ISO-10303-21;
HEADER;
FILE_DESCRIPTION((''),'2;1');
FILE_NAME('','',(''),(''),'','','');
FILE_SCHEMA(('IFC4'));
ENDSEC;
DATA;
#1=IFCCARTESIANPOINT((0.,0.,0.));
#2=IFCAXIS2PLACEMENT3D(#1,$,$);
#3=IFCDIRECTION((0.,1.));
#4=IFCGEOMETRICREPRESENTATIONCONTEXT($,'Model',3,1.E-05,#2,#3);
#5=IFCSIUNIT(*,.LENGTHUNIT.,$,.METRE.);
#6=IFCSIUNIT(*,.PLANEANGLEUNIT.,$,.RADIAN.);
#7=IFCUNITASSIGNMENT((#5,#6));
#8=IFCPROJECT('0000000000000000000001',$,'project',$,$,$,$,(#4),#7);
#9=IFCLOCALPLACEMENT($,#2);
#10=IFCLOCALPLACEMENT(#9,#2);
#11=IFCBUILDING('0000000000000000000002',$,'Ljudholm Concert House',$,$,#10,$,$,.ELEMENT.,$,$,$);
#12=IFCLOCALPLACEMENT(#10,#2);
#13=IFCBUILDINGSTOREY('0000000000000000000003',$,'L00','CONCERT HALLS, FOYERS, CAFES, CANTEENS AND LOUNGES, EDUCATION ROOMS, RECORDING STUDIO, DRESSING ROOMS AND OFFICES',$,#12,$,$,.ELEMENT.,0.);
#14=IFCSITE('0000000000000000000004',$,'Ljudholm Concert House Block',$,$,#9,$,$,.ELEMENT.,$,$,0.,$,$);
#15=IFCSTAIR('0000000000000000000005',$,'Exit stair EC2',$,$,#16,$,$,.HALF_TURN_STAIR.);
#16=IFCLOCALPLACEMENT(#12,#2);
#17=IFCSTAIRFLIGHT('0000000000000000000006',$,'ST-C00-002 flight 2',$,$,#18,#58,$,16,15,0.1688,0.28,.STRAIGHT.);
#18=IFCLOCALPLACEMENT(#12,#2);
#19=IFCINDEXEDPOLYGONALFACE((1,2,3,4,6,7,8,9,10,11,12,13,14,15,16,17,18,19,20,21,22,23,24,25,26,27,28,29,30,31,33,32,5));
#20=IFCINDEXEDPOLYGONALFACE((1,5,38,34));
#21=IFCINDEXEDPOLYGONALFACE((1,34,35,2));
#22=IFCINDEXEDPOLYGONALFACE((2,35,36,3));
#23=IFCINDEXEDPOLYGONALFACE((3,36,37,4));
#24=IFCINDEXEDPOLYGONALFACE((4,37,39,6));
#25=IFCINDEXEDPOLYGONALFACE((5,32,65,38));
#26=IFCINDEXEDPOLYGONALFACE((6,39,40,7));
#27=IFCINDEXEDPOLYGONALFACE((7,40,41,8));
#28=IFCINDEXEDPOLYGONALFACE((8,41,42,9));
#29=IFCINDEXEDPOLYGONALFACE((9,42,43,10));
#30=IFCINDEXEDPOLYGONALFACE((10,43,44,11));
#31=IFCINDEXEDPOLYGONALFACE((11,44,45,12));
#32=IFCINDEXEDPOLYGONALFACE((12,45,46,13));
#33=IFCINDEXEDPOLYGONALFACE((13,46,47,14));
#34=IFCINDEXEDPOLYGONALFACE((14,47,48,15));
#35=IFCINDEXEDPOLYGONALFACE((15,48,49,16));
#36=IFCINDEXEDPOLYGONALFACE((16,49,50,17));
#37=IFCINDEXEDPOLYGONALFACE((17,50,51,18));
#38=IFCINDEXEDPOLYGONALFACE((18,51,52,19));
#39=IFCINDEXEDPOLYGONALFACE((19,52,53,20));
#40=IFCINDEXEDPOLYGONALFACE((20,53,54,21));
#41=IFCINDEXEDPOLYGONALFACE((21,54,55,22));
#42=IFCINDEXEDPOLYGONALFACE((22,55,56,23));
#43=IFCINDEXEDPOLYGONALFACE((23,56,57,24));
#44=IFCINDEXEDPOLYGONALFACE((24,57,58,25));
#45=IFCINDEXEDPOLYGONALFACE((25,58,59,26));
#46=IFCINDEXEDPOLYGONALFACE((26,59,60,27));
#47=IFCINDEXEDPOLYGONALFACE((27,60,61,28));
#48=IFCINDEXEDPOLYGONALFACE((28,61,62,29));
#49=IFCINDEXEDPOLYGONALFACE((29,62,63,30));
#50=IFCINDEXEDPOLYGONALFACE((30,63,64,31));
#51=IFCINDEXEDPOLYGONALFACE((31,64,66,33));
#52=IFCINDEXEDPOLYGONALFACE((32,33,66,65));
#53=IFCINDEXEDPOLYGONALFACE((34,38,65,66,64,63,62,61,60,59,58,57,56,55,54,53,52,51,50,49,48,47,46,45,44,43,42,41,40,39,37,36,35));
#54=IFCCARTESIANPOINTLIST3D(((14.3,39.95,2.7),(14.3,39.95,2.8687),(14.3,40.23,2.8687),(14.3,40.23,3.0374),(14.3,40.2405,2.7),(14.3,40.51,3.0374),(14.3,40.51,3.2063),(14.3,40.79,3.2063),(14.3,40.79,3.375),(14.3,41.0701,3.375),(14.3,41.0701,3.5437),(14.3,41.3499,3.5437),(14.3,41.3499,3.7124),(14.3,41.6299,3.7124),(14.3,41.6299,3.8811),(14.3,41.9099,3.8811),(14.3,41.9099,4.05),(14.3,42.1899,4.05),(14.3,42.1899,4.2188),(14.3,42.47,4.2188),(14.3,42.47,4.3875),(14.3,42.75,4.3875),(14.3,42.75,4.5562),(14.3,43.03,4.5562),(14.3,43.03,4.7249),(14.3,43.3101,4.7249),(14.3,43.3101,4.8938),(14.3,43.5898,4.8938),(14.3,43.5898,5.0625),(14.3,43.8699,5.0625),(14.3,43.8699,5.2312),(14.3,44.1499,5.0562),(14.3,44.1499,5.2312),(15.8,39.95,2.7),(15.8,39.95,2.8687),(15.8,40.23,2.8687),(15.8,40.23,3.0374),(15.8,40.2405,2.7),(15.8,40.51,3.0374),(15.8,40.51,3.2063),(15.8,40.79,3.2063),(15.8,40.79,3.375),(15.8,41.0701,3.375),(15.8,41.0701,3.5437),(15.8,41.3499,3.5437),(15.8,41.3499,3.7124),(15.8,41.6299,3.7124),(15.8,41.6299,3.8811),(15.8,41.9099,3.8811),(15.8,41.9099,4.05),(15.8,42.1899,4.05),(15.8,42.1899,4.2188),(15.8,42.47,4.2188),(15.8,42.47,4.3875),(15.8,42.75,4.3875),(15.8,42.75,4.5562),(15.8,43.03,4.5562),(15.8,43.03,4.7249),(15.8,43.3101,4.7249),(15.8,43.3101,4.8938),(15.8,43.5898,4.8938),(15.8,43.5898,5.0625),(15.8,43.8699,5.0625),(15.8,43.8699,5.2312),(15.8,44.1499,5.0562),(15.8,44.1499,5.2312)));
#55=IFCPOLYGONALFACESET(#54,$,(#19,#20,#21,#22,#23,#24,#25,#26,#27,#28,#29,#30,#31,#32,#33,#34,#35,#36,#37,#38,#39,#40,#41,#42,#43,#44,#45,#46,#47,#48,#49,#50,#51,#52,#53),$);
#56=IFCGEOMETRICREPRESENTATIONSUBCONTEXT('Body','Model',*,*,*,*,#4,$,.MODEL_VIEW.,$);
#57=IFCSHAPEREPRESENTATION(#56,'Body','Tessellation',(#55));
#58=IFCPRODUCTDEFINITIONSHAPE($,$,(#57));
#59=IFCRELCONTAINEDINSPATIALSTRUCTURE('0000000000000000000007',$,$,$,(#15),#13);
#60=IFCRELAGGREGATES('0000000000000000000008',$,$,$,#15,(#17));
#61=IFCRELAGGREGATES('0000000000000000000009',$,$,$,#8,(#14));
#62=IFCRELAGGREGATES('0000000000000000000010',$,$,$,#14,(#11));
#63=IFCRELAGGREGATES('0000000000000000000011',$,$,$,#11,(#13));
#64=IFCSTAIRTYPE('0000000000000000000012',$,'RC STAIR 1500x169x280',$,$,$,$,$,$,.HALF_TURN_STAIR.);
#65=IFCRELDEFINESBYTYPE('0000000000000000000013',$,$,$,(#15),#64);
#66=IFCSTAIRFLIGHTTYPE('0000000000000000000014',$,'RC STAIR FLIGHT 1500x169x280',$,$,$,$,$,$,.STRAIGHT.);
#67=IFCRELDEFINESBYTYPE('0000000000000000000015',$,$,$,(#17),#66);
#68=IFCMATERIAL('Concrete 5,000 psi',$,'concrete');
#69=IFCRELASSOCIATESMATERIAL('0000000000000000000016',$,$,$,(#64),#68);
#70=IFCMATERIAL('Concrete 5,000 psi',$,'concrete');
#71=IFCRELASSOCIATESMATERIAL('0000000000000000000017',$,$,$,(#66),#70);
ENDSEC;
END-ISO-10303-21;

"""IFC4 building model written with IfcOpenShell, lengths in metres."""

from ifc_helpers import new_model, si_unit, direction, frame, origin, place, context, subcontext, project, spatial, polyline, outline, extrude, material, type_object, element, aggregate, save


model = new_model("IFC4")

# Units and contexts
model_context = context("Model", 3, precision=1e-05, world=origin(), true_north=direction((0.0, 1.0)))
body_context = subcontext(model_context, "Body", "Model", "MODEL_VIEW")
ifc_project = project(units=[si_unit("LENGTHUNIT", "METRE"), si_unit("PLANEANGLEUNIT", "RADIAN")], contexts=[model_context])

# Site, building, storey
site_placement = place(None, origin())
site = spatial("IfcSite", under=ifc_project, at=site_placement, Name="Ljudholm Concert House Block", CompositionType="ELEMENT", RefElevation=0.0)
building_placement = place(site_placement, origin())
building = spatial("IfcBuilding", under=site, at=building_placement, Name="Ljudholm Concert House", CompositionType="ELEMENT")
storey_placement = place(building_placement, origin())
storey = spatial("IfcBuildingStorey", under=building, at=storey_placement, Name="L00", Description="CONCERT HALLS, FOYERS, CAFES, CANTEENS AND LOUNGES, EDUCATION ROOMS, RECORDING STUDIO, DRESSING ROOMS AND OFFICES", CompositionType="ELEMENT", Elevation=0.0)

# Stair, stair flight
ifc_material_1 = material(Name="Concrete 5,000 psi", Category="concrete")
stair_type = type_object("IfcStairType", Name="RC STAIR 1500x169x280", PredefinedType="HALF_TURN_STAIR", material=ifc_material_1)
stair_placement = place(storey_placement, origin())
stair = element("IfcStair", 1, at=stair_placement, inside=storey, type_object=stair_type, Name="Exit stair EC2", PredefinedType="HALF_TURN_STAIR")
ifc_material_2 = material(Name="Concrete 5,000 psi", Category="concrete")
stair_flight_type = type_object("IfcStairFlightType", Name="RC STAIR FLIGHT 1500x169x280", PredefinedType="STRAIGHT", material=ifc_material_2)
stair_flight_1_placement = place(storey_placement, frame((15.05, 39.95, 2.7), z_axis=(0.0, 0.0, 1.0), x_axis=(0.0, 1.0, 0.0)))
stair_flight_1 = element("IfcStairFlight", 2, at=stair_flight_1_placement, type_object=stair_flight_type, Name="ST-C00-002 flight 2", NumberOfRisers=16, NumberOfTreads=15, PredefinedType="STRAIGHT", RiserHeight=0.1688, TreadLength=0.28, context=body_context, shape_type="SweptSolid", body=[
    extrude(outline(polyline([(0.0, 0.0), (0.0, 0.1687), (0.28, 0.1687), (0.28, 0.3374), (0.5601, 0.3374), (0.5601, 0.5063), (0.8401, 0.5063), (0.8401, 0.675), (1.1201, 0.675), (1.1201, 0.8438), (1.3999, 0.8438), (1.3999, 1.0125), (1.6799, 1.0125), (1.6799, 1.1812), (1.96, 1.1812), (1.96, 1.3501), (2.24, 1.3501), (2.24, 1.5188), (2.52, 1.5188), (2.52, 1.6875), (2.8, 1.6875), (2.8, 1.8562), (3.0801, 1.8562), (3.0801, 2.0249), (3.3601, 2.0249), (3.3601, 2.1938), (3.6399, 2.1938), (3.6399, 2.3625), (3.9199, 2.3625), (3.9199, 2.5312), (4.2, 2.5312), (4.2, 2.7), (4.2, 2.3562), (0.2905, 0.0), (0.0, 0.0)])), frame((0.0, 0.75, 0.0), z_axis=(0.0, -1.0, 0.0), x_axis=(1.0, 0.0, 0.0)), (0.0, 0.0, 1.0), 1.5),
])
aggregate(stair, [stair_flight_1])

save(model, "model.ifc")
